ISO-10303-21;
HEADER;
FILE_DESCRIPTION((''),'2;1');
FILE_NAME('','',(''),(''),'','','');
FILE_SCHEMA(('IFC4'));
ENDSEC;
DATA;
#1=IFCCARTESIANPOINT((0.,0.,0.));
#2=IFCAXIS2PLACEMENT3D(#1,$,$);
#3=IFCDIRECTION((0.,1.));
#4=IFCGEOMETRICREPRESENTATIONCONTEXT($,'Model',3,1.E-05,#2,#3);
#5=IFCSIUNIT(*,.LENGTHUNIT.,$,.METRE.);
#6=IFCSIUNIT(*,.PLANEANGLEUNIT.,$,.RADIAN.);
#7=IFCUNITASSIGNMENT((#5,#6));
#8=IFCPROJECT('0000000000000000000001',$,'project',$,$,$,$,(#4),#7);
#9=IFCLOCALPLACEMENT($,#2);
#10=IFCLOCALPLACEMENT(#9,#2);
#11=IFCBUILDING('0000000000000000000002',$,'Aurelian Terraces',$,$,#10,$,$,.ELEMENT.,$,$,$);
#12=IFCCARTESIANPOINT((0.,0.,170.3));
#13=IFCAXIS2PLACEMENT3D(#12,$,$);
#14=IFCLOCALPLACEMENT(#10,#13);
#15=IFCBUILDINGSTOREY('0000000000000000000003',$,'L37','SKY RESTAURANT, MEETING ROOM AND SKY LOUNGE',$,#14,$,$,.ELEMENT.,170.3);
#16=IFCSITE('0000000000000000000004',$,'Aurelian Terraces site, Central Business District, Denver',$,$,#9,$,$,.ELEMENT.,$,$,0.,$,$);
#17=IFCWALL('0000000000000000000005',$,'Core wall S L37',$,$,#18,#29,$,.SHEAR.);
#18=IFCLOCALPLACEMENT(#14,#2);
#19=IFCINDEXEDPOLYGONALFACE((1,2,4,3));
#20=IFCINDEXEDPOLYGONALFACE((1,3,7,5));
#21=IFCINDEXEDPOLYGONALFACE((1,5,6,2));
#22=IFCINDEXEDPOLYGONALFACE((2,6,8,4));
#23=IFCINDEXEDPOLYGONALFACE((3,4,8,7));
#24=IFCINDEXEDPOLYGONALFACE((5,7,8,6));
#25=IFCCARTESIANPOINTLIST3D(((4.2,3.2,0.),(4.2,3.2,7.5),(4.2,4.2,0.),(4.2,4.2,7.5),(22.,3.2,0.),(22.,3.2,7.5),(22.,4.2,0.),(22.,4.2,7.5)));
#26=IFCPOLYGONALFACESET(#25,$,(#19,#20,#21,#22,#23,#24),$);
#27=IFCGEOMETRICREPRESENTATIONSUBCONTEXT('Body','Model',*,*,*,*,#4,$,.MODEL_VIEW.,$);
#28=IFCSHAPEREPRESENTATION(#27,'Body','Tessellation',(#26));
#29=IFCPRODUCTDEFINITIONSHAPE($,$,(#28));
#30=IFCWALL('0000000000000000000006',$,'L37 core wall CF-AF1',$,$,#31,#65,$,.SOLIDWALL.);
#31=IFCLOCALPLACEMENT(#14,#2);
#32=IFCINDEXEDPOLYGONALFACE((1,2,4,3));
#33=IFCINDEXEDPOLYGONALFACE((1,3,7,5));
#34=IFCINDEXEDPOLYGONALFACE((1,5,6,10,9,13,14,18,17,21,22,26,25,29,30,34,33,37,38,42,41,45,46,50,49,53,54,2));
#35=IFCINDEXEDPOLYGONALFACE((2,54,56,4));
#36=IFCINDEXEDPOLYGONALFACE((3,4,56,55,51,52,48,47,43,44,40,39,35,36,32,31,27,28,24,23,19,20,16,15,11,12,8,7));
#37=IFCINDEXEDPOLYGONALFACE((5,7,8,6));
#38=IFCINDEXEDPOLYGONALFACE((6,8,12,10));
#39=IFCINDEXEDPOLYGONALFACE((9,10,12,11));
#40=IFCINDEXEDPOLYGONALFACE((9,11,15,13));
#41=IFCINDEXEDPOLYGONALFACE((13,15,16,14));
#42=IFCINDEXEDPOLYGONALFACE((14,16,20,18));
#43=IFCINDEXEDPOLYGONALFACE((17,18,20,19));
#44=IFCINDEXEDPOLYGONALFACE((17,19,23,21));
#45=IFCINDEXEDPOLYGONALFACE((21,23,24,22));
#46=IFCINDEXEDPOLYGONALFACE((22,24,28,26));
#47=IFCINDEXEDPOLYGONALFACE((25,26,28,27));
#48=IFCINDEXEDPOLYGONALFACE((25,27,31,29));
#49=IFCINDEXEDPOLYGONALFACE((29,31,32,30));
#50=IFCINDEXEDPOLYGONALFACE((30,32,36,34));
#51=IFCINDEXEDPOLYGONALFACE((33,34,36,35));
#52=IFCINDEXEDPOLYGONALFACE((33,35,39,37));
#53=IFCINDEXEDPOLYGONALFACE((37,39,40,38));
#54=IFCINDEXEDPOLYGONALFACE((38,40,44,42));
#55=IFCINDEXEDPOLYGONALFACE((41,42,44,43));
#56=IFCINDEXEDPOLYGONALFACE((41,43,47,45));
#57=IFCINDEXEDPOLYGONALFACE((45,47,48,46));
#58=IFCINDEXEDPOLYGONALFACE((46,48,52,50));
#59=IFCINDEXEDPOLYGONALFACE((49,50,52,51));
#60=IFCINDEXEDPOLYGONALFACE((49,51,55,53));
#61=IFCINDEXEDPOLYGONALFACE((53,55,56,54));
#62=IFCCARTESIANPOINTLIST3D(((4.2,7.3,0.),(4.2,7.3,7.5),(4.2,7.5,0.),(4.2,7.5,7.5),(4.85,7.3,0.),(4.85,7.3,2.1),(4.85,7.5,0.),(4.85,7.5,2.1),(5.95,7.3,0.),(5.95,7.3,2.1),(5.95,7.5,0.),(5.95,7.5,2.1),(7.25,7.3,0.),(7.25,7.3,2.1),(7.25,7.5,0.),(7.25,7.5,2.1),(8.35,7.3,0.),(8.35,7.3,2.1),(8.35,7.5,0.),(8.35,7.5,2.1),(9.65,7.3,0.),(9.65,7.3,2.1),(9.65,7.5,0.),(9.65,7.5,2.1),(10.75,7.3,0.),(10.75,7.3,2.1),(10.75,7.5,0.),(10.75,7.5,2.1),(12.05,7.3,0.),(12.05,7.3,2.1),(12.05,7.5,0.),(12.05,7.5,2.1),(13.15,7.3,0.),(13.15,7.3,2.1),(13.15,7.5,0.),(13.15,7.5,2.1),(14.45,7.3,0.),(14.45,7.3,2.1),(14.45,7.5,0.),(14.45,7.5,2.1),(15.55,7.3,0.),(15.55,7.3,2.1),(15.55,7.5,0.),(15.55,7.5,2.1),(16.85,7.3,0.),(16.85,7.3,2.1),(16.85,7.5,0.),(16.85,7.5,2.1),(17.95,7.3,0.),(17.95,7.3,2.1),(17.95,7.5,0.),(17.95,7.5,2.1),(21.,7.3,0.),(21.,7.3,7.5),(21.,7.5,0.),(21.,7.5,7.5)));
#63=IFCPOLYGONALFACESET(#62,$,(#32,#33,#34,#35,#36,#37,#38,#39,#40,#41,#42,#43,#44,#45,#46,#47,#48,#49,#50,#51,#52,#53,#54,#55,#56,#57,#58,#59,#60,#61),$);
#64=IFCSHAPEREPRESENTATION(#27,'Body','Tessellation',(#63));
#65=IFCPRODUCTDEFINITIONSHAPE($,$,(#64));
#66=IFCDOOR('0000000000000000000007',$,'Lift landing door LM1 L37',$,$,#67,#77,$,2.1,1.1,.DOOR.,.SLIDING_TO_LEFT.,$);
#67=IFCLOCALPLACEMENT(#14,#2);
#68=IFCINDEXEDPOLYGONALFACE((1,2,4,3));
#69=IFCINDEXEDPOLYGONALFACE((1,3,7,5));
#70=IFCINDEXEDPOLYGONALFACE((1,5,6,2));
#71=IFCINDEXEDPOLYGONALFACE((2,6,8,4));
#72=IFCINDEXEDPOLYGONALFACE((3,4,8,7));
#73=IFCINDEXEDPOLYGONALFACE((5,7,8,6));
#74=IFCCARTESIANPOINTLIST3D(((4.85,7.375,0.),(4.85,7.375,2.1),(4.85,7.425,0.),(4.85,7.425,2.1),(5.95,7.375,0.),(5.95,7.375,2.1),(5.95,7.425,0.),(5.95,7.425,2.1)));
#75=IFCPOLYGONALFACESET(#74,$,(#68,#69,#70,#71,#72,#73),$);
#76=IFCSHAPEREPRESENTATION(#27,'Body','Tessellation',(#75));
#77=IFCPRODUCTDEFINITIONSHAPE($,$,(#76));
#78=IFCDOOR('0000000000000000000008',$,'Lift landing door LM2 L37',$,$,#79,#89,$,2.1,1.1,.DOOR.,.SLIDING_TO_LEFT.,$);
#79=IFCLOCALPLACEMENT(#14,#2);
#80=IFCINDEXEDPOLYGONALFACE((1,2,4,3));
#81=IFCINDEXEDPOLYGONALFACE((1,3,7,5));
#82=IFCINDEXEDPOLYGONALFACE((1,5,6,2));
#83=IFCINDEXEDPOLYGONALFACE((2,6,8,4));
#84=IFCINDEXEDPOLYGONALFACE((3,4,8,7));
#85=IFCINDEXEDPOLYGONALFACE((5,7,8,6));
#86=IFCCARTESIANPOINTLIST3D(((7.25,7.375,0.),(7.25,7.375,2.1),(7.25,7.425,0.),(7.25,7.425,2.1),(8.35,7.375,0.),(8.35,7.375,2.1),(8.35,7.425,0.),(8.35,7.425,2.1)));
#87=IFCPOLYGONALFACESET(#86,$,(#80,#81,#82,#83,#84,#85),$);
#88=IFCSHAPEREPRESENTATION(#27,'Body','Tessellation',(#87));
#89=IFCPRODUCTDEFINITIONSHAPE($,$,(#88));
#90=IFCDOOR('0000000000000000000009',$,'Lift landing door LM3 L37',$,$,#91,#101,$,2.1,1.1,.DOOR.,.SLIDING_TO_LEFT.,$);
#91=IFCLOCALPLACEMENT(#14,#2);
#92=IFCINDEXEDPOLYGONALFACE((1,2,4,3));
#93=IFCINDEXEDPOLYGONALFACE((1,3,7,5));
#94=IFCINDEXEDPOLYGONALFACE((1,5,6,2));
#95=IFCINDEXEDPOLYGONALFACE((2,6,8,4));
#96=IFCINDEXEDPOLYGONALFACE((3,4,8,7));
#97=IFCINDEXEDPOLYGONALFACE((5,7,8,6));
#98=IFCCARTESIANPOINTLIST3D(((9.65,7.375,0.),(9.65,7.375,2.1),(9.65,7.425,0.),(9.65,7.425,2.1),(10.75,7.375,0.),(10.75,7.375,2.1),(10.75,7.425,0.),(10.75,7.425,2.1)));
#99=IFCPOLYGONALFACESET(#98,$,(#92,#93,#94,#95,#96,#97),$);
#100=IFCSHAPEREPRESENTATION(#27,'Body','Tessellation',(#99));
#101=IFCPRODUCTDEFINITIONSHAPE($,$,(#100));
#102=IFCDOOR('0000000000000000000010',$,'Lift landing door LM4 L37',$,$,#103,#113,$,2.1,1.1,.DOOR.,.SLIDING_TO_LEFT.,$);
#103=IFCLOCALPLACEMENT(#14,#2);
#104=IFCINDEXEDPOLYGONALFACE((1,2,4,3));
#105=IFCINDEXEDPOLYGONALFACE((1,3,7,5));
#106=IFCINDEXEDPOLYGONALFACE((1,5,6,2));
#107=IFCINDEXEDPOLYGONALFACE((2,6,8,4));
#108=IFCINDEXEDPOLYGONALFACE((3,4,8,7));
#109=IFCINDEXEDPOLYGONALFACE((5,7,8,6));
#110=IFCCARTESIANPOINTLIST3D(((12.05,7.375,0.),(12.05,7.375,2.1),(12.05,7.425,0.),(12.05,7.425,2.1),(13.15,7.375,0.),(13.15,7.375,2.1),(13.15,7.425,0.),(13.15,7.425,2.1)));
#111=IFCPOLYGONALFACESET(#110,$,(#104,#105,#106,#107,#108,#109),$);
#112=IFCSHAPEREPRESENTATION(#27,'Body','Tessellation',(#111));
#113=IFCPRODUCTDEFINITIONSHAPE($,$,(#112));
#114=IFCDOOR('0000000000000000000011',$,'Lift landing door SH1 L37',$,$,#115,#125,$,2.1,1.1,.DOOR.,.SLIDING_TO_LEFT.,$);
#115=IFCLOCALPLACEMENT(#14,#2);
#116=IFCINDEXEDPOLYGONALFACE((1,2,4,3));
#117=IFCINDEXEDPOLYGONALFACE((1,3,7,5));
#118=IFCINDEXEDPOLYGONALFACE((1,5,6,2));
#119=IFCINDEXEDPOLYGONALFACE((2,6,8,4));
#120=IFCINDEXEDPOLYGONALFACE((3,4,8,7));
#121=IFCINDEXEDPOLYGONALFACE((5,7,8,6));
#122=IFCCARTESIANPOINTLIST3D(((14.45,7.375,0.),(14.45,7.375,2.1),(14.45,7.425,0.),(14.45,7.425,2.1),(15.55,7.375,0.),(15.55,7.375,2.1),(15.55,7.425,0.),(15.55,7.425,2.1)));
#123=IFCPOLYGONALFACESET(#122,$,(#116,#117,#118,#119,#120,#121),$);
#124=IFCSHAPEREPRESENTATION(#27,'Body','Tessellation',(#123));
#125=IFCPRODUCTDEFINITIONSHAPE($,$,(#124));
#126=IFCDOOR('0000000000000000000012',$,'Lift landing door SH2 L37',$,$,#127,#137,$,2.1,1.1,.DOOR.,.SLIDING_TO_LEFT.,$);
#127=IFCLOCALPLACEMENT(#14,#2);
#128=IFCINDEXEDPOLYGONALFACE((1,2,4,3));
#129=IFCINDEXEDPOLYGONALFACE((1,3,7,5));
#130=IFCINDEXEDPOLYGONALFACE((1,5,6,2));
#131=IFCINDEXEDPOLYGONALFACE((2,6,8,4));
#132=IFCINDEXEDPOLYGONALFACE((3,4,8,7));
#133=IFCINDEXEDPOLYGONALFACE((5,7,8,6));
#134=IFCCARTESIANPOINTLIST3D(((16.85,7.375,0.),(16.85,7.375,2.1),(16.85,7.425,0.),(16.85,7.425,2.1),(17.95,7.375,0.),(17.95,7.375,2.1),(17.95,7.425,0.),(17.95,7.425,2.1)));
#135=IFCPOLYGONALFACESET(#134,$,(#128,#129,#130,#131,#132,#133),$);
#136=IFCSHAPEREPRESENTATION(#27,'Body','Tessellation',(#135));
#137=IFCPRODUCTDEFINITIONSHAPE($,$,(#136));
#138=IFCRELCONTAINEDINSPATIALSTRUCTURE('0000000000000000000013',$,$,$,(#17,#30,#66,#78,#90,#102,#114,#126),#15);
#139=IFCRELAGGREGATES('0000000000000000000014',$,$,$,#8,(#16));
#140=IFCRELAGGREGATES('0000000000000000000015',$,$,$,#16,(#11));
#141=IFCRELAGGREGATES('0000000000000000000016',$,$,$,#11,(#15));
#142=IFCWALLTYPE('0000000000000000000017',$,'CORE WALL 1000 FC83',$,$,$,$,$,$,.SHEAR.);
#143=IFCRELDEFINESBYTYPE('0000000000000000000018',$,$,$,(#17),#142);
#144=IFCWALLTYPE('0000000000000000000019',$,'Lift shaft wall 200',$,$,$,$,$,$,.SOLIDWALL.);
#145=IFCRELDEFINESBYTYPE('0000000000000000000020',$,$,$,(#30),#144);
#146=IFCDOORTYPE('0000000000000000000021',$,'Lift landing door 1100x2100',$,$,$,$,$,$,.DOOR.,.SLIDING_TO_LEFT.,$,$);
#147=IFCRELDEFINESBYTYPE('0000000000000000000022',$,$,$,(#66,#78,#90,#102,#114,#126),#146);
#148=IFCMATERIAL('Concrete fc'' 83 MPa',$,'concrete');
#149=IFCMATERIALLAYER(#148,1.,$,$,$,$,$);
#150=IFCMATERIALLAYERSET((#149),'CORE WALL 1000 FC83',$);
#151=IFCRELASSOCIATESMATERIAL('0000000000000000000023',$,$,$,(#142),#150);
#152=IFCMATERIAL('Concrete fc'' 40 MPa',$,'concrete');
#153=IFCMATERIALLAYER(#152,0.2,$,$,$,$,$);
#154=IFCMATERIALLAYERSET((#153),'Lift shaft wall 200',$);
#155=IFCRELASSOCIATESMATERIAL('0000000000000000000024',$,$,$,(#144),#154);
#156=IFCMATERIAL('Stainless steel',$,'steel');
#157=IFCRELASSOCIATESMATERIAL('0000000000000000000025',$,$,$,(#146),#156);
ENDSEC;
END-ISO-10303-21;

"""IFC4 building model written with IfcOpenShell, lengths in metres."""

from ifc_helpers import new_model, si_unit, direction, frame, frame_2d, origin, place, context, subcontext, project, spatial, rectangle, extrude, source, transform, mapped, material, layer, layer_set, type_object, element, fill, save


model = new_model("IFC4")

# Units and contexts
model_context = context("Model", 3, precision=1e-05, world=origin(), true_north=direction((0.0, 1.0)))
body_context = subcontext(model_context, "Body", "Model", "MODEL_VIEW")
ifc_project = project(units=[si_unit("LENGTHUNIT", "METRE"), si_unit("PLANEANGLEUNIT", "RADIAN")], contexts=[model_context])

# Site, building, storey
site_placement = place(None, origin())
site = spatial("IfcSite", under=ifc_project, at=site_placement, Name="Aurelian Terraces site, Central Business District, Denver", CompositionType="ELEMENT", RefElevation=0.0)
building_placement = place(site_placement, origin())
building = spatial("IfcBuilding", under=site, at=building_placement, Name="Aurelian Terraces", CompositionType="ELEMENT")
storey_placement = place(building_placement, frame((0.0, 0.0, 170.3)))
storey = spatial("IfcBuildingStorey", under=building, at=storey_placement, Name="L37", Description="SKY RESTAURANT, MEETING ROOM AND SKY LOUNGE", CompositionType="ELEMENT", Elevation=170.3)

# Shared definitions
ifc_material_1 = material(Name="Concrete fc' 83 MPa", Category="concrete")
ifc_layer_1 = layer(ifc_material_1, 1.0)
ifc_layer_set_1 = layer_set([ifc_layer_1], Name="CORE WALL 1000 FC83")
wall_type_1 = type_object("IfcWallType", Name="CORE WALL 1000 FC83", PredefinedType="SHEAR", material=ifc_layer_set_1)

# Wall
shared_shape_1 = source(origin(), body_context, "Body", "SweptSolid", [
    extrude(rectangle(XDim=17.8, YDim=1.0, at=frame_2d((8.9, 0.0))), origin(), (0.0, 0.0, 1.0), 7.5),
])
wall_1_placement = place(storey_placement, frame((4.2, 3.7, 0.0), z_axis=(0.0, 0.0, 1.0), x_axis=(1.0, 0.0, 0.0)))
element("IfcWall", 1, at=wall_1_placement, inside=storey, type_object=wall_type_1, Name="Core wall S L37", PredefinedType="SHEAR", context=body_context, shape_type="MappedRepresentation", body=[
    mapped(shared_shape_1, transform((0.0, 0.0, 0.0), scale=1.0)),
])

# Wall, openings, doors
ifc_material_2 = material(Name="Concrete fc' 40 MPa", Category="concrete")
ifc_layer_2 = layer(ifc_material_2, 0.2)
ifc_layer_set_2 = layer_set([ifc_layer_2], Name="Lift shaft wall 200")
wall_type_2 = type_object("IfcWallType", Name="Lift shaft wall 200", PredefinedType="SOLIDWALL", material=ifc_layer_set_2)
shared_shape_2 = source(origin(), body_context, "Body", "SweptSolid", [
    extrude(rectangle(XDim=16.8, YDim=0.2, at=frame_2d((8.4, 0.0))), origin(), (0.0, 0.0, 1.0), 7.5),
])
wall_2_placement = place(storey_placement, frame((4.2, 7.4, 0.0), z_axis=(0.0, 0.0, 1.0), x_axis=(1.0, 0.0, 0.0)))
wall_2 = element("IfcWall", 2, at=wall_2_placement, inside=storey, type_object=wall_type_2, Name="L37 core wall CF-AF1", PredefinedType="SOLIDWALL", context=body_context, shape_type="MappedRepresentation", body=[
    mapped(shared_shape_2, transform((0.0, 0.0, 0.0), scale=1.0)),
])
shared_shape_3 = source(origin(), body_context, "Body", "SweptSolid", [
    extrude(rectangle(XDim=1.1, YDim=2.1, at=frame_2d((0.55, 1.05))), frame((0.0, 0.11, 0.0), z_axis=(0.0, -1.0, 0.0), x_axis=(1.0, 0.0, 0.0)), (0.0, 0.0, 1.0), 0.22),
])
opening_1_placement = place(wall_2_placement, frame((0.65, 0.0, 0.0)))
opening_1 = element("IfcOpeningElement", 3, at=opening_1_placement, cuts=wall_2, PredefinedType="OPENING", context=body_context, shape_type="MappedRepresentation", body=[
    mapped(shared_shape_3, transform((0.0, 0.0, 0.0), scale=1.0)),
])
opening_2_placement = place(wall_2_placement, frame((3.05, 0.0, 0.0)))
opening_2 = element("IfcOpeningElement", 4, at=opening_2_placement, cuts=wall_2, PredefinedType="OPENING", context=body_context, shape_type="MappedRepresentation", body=[
    mapped(shared_shape_3, transform((0.0, 0.0, 0.0), scale=1.0)),
])
opening_3_placement = place(wall_2_placement, frame((5.45, 0.0, 0.0)))
opening_3 = element("IfcOpeningElement", 5, at=opening_3_placement, cuts=wall_2, PredefinedType="OPENING", context=body_context, shape_type="MappedRepresentation", body=[
    mapped(shared_shape_3, transform((0.0, 0.0, 0.0), scale=1.0)),
])
opening_4_placement = place(wall_2_placement, frame((7.85, 0.0, 0.0)))
opening_4 = element("IfcOpeningElement", 6, at=opening_4_placement, cuts=wall_2, PredefinedType="OPENING", context=body_context, shape_type="MappedRepresentation", body=[
    mapped(shared_shape_3, transform((0.0, 0.0, 0.0), scale=1.0)),
])
opening_5_placement = place(wall_2_placement, frame((10.25, 0.0, 0.0)))
opening_5 = element("IfcOpeningElement", 7, at=opening_5_placement, cuts=wall_2, PredefinedType="OPENING", context=body_context, shape_type="MappedRepresentation", body=[
    mapped(shared_shape_3, transform((0.0, 0.0, 0.0), scale=1.0)),
])
opening_6_placement = place(wall_2_placement, frame((12.65, 0.0, 0.0)))
opening_6 = element("IfcOpeningElement", 8, at=opening_6_placement, cuts=wall_2, PredefinedType="OPENING", context=body_context, shape_type="MappedRepresentation", body=[
    mapped(shared_shape_3, transform((0.0, 0.0, 0.0), scale=1.0)),
])
ifc_material_3 = material(Name="Stainless steel", Category="steel")
door_type_1 = type_object("IfcDoorType", Name="Lift landing door 1100x2100", OperationType="SLIDING_TO_LEFT", PredefinedType="DOOR", material=ifc_material_3)
shared_shape_4 = source(origin(), body_context, "Body", "SweptSolid", [
    extrude(rectangle(XDim=1.1, YDim=2.1, at=frame_2d((0.55, 1.05))), frame((0.0, 0.025, 0.0), z_axis=(0.0, -1.0, 0.0), x_axis=(1.0, 0.0, 0.0)), (0.0, 0.0, 1.0), 0.05),
])
door_1_placement = place(opening_1_placement, origin())
door_1 = element("IfcDoor", 9, at=door_1_placement, inside=storey, type_object=door_type_1, Name="Lift landing door LM1 L37", OperationType="SLIDING_TO_LEFT", OverallHeight=2.1, OverallWidth=1.1, PredefinedType="DOOR", context=body_context, shape_type="MappedRepresentation", body=[
    mapped(shared_shape_4, transform((0.0, 0.0, 0.0), scale=1.0)),
])
fill(opening_1, door_1)
door_2_placement = place(opening_2_placement, origin())
door_2 = element("IfcDoor", 10, at=door_2_placement, inside=storey, type_object=door_type_1, Name="Lift landing door LM2 L37", OperationType="SLIDING_TO_LEFT", OverallHeight=2.1, OverallWidth=1.1, PredefinedType="DOOR", context=body_context, shape_type="MappedRepresentation", body=[
    mapped(shared_shape_4, transform((0.0, 0.0, 0.0), scale=1.0)),
])
fill(opening_2, door_2)
door_3_placement = place(opening_3_placement, origin())
door_3 = element("IfcDoor", 11, at=door_3_placement, inside=storey, type_object=door_type_1, Name="Lift landing door LM3 L37", OperationType="SLIDING_TO_LEFT", OverallHeight=2.1, OverallWidth=1.1, PredefinedType="DOOR", context=body_context, shape_type="MappedRepresentation", body=[
    mapped(shared_shape_4, transform((0.0, 0.0, 0.0), scale=1.0)),
])
fill(opening_3, door_3)
door_4_placement = place(opening_4_placement, origin())
door_4 = element("IfcDoor", 12, at=door_4_placement, inside=storey, type_object=door_type_1, Name="Lift landing door LM4 L37", OperationType="SLIDING_TO_LEFT", OverallHeight=2.1, OverallWidth=1.1, PredefinedType="DOOR", context=body_context, shape_type="MappedRepresentation", body=[
    mapped(shared_shape_4, transform((0.0, 0.0, 0.0), scale=1.0)),
])
fill(opening_4, door_4)
door_5_placement = place(opening_5_placement, origin())
door_5 = element("IfcDoor", 13, at=door_5_placement, inside=storey, type_object=door_type_1, Name="Lift landing door SH1 L37", OperationType="SLIDING_TO_LEFT", OverallHeight=2.1, OverallWidth=1.1, PredefinedType="DOOR", context=body_context, shape_type="MappedRepresentation", body=[
    mapped(shared_shape_4, transform((0.0, 0.0, 0.0), scale=1.0)),
])
fill(opening_5, door_5)
door_6_placement = place(opening_6_placement, origin())
door_6 = element("IfcDoor", 14, at=door_6_placement, inside=storey, type_object=door_type_1, Name="Lift landing door SH2 L37", OperationType="SLIDING_TO_LEFT", OverallHeight=2.1, OverallWidth=1.1, PredefinedType="DOOR", context=body_context, shape_type="MappedRepresentation", body=[
    mapped(shared_shape_4, transform((0.0, 0.0, 0.0), scale=1.0)),
])
fill(opening_6, door_6)

save(model, "model.ifc")
